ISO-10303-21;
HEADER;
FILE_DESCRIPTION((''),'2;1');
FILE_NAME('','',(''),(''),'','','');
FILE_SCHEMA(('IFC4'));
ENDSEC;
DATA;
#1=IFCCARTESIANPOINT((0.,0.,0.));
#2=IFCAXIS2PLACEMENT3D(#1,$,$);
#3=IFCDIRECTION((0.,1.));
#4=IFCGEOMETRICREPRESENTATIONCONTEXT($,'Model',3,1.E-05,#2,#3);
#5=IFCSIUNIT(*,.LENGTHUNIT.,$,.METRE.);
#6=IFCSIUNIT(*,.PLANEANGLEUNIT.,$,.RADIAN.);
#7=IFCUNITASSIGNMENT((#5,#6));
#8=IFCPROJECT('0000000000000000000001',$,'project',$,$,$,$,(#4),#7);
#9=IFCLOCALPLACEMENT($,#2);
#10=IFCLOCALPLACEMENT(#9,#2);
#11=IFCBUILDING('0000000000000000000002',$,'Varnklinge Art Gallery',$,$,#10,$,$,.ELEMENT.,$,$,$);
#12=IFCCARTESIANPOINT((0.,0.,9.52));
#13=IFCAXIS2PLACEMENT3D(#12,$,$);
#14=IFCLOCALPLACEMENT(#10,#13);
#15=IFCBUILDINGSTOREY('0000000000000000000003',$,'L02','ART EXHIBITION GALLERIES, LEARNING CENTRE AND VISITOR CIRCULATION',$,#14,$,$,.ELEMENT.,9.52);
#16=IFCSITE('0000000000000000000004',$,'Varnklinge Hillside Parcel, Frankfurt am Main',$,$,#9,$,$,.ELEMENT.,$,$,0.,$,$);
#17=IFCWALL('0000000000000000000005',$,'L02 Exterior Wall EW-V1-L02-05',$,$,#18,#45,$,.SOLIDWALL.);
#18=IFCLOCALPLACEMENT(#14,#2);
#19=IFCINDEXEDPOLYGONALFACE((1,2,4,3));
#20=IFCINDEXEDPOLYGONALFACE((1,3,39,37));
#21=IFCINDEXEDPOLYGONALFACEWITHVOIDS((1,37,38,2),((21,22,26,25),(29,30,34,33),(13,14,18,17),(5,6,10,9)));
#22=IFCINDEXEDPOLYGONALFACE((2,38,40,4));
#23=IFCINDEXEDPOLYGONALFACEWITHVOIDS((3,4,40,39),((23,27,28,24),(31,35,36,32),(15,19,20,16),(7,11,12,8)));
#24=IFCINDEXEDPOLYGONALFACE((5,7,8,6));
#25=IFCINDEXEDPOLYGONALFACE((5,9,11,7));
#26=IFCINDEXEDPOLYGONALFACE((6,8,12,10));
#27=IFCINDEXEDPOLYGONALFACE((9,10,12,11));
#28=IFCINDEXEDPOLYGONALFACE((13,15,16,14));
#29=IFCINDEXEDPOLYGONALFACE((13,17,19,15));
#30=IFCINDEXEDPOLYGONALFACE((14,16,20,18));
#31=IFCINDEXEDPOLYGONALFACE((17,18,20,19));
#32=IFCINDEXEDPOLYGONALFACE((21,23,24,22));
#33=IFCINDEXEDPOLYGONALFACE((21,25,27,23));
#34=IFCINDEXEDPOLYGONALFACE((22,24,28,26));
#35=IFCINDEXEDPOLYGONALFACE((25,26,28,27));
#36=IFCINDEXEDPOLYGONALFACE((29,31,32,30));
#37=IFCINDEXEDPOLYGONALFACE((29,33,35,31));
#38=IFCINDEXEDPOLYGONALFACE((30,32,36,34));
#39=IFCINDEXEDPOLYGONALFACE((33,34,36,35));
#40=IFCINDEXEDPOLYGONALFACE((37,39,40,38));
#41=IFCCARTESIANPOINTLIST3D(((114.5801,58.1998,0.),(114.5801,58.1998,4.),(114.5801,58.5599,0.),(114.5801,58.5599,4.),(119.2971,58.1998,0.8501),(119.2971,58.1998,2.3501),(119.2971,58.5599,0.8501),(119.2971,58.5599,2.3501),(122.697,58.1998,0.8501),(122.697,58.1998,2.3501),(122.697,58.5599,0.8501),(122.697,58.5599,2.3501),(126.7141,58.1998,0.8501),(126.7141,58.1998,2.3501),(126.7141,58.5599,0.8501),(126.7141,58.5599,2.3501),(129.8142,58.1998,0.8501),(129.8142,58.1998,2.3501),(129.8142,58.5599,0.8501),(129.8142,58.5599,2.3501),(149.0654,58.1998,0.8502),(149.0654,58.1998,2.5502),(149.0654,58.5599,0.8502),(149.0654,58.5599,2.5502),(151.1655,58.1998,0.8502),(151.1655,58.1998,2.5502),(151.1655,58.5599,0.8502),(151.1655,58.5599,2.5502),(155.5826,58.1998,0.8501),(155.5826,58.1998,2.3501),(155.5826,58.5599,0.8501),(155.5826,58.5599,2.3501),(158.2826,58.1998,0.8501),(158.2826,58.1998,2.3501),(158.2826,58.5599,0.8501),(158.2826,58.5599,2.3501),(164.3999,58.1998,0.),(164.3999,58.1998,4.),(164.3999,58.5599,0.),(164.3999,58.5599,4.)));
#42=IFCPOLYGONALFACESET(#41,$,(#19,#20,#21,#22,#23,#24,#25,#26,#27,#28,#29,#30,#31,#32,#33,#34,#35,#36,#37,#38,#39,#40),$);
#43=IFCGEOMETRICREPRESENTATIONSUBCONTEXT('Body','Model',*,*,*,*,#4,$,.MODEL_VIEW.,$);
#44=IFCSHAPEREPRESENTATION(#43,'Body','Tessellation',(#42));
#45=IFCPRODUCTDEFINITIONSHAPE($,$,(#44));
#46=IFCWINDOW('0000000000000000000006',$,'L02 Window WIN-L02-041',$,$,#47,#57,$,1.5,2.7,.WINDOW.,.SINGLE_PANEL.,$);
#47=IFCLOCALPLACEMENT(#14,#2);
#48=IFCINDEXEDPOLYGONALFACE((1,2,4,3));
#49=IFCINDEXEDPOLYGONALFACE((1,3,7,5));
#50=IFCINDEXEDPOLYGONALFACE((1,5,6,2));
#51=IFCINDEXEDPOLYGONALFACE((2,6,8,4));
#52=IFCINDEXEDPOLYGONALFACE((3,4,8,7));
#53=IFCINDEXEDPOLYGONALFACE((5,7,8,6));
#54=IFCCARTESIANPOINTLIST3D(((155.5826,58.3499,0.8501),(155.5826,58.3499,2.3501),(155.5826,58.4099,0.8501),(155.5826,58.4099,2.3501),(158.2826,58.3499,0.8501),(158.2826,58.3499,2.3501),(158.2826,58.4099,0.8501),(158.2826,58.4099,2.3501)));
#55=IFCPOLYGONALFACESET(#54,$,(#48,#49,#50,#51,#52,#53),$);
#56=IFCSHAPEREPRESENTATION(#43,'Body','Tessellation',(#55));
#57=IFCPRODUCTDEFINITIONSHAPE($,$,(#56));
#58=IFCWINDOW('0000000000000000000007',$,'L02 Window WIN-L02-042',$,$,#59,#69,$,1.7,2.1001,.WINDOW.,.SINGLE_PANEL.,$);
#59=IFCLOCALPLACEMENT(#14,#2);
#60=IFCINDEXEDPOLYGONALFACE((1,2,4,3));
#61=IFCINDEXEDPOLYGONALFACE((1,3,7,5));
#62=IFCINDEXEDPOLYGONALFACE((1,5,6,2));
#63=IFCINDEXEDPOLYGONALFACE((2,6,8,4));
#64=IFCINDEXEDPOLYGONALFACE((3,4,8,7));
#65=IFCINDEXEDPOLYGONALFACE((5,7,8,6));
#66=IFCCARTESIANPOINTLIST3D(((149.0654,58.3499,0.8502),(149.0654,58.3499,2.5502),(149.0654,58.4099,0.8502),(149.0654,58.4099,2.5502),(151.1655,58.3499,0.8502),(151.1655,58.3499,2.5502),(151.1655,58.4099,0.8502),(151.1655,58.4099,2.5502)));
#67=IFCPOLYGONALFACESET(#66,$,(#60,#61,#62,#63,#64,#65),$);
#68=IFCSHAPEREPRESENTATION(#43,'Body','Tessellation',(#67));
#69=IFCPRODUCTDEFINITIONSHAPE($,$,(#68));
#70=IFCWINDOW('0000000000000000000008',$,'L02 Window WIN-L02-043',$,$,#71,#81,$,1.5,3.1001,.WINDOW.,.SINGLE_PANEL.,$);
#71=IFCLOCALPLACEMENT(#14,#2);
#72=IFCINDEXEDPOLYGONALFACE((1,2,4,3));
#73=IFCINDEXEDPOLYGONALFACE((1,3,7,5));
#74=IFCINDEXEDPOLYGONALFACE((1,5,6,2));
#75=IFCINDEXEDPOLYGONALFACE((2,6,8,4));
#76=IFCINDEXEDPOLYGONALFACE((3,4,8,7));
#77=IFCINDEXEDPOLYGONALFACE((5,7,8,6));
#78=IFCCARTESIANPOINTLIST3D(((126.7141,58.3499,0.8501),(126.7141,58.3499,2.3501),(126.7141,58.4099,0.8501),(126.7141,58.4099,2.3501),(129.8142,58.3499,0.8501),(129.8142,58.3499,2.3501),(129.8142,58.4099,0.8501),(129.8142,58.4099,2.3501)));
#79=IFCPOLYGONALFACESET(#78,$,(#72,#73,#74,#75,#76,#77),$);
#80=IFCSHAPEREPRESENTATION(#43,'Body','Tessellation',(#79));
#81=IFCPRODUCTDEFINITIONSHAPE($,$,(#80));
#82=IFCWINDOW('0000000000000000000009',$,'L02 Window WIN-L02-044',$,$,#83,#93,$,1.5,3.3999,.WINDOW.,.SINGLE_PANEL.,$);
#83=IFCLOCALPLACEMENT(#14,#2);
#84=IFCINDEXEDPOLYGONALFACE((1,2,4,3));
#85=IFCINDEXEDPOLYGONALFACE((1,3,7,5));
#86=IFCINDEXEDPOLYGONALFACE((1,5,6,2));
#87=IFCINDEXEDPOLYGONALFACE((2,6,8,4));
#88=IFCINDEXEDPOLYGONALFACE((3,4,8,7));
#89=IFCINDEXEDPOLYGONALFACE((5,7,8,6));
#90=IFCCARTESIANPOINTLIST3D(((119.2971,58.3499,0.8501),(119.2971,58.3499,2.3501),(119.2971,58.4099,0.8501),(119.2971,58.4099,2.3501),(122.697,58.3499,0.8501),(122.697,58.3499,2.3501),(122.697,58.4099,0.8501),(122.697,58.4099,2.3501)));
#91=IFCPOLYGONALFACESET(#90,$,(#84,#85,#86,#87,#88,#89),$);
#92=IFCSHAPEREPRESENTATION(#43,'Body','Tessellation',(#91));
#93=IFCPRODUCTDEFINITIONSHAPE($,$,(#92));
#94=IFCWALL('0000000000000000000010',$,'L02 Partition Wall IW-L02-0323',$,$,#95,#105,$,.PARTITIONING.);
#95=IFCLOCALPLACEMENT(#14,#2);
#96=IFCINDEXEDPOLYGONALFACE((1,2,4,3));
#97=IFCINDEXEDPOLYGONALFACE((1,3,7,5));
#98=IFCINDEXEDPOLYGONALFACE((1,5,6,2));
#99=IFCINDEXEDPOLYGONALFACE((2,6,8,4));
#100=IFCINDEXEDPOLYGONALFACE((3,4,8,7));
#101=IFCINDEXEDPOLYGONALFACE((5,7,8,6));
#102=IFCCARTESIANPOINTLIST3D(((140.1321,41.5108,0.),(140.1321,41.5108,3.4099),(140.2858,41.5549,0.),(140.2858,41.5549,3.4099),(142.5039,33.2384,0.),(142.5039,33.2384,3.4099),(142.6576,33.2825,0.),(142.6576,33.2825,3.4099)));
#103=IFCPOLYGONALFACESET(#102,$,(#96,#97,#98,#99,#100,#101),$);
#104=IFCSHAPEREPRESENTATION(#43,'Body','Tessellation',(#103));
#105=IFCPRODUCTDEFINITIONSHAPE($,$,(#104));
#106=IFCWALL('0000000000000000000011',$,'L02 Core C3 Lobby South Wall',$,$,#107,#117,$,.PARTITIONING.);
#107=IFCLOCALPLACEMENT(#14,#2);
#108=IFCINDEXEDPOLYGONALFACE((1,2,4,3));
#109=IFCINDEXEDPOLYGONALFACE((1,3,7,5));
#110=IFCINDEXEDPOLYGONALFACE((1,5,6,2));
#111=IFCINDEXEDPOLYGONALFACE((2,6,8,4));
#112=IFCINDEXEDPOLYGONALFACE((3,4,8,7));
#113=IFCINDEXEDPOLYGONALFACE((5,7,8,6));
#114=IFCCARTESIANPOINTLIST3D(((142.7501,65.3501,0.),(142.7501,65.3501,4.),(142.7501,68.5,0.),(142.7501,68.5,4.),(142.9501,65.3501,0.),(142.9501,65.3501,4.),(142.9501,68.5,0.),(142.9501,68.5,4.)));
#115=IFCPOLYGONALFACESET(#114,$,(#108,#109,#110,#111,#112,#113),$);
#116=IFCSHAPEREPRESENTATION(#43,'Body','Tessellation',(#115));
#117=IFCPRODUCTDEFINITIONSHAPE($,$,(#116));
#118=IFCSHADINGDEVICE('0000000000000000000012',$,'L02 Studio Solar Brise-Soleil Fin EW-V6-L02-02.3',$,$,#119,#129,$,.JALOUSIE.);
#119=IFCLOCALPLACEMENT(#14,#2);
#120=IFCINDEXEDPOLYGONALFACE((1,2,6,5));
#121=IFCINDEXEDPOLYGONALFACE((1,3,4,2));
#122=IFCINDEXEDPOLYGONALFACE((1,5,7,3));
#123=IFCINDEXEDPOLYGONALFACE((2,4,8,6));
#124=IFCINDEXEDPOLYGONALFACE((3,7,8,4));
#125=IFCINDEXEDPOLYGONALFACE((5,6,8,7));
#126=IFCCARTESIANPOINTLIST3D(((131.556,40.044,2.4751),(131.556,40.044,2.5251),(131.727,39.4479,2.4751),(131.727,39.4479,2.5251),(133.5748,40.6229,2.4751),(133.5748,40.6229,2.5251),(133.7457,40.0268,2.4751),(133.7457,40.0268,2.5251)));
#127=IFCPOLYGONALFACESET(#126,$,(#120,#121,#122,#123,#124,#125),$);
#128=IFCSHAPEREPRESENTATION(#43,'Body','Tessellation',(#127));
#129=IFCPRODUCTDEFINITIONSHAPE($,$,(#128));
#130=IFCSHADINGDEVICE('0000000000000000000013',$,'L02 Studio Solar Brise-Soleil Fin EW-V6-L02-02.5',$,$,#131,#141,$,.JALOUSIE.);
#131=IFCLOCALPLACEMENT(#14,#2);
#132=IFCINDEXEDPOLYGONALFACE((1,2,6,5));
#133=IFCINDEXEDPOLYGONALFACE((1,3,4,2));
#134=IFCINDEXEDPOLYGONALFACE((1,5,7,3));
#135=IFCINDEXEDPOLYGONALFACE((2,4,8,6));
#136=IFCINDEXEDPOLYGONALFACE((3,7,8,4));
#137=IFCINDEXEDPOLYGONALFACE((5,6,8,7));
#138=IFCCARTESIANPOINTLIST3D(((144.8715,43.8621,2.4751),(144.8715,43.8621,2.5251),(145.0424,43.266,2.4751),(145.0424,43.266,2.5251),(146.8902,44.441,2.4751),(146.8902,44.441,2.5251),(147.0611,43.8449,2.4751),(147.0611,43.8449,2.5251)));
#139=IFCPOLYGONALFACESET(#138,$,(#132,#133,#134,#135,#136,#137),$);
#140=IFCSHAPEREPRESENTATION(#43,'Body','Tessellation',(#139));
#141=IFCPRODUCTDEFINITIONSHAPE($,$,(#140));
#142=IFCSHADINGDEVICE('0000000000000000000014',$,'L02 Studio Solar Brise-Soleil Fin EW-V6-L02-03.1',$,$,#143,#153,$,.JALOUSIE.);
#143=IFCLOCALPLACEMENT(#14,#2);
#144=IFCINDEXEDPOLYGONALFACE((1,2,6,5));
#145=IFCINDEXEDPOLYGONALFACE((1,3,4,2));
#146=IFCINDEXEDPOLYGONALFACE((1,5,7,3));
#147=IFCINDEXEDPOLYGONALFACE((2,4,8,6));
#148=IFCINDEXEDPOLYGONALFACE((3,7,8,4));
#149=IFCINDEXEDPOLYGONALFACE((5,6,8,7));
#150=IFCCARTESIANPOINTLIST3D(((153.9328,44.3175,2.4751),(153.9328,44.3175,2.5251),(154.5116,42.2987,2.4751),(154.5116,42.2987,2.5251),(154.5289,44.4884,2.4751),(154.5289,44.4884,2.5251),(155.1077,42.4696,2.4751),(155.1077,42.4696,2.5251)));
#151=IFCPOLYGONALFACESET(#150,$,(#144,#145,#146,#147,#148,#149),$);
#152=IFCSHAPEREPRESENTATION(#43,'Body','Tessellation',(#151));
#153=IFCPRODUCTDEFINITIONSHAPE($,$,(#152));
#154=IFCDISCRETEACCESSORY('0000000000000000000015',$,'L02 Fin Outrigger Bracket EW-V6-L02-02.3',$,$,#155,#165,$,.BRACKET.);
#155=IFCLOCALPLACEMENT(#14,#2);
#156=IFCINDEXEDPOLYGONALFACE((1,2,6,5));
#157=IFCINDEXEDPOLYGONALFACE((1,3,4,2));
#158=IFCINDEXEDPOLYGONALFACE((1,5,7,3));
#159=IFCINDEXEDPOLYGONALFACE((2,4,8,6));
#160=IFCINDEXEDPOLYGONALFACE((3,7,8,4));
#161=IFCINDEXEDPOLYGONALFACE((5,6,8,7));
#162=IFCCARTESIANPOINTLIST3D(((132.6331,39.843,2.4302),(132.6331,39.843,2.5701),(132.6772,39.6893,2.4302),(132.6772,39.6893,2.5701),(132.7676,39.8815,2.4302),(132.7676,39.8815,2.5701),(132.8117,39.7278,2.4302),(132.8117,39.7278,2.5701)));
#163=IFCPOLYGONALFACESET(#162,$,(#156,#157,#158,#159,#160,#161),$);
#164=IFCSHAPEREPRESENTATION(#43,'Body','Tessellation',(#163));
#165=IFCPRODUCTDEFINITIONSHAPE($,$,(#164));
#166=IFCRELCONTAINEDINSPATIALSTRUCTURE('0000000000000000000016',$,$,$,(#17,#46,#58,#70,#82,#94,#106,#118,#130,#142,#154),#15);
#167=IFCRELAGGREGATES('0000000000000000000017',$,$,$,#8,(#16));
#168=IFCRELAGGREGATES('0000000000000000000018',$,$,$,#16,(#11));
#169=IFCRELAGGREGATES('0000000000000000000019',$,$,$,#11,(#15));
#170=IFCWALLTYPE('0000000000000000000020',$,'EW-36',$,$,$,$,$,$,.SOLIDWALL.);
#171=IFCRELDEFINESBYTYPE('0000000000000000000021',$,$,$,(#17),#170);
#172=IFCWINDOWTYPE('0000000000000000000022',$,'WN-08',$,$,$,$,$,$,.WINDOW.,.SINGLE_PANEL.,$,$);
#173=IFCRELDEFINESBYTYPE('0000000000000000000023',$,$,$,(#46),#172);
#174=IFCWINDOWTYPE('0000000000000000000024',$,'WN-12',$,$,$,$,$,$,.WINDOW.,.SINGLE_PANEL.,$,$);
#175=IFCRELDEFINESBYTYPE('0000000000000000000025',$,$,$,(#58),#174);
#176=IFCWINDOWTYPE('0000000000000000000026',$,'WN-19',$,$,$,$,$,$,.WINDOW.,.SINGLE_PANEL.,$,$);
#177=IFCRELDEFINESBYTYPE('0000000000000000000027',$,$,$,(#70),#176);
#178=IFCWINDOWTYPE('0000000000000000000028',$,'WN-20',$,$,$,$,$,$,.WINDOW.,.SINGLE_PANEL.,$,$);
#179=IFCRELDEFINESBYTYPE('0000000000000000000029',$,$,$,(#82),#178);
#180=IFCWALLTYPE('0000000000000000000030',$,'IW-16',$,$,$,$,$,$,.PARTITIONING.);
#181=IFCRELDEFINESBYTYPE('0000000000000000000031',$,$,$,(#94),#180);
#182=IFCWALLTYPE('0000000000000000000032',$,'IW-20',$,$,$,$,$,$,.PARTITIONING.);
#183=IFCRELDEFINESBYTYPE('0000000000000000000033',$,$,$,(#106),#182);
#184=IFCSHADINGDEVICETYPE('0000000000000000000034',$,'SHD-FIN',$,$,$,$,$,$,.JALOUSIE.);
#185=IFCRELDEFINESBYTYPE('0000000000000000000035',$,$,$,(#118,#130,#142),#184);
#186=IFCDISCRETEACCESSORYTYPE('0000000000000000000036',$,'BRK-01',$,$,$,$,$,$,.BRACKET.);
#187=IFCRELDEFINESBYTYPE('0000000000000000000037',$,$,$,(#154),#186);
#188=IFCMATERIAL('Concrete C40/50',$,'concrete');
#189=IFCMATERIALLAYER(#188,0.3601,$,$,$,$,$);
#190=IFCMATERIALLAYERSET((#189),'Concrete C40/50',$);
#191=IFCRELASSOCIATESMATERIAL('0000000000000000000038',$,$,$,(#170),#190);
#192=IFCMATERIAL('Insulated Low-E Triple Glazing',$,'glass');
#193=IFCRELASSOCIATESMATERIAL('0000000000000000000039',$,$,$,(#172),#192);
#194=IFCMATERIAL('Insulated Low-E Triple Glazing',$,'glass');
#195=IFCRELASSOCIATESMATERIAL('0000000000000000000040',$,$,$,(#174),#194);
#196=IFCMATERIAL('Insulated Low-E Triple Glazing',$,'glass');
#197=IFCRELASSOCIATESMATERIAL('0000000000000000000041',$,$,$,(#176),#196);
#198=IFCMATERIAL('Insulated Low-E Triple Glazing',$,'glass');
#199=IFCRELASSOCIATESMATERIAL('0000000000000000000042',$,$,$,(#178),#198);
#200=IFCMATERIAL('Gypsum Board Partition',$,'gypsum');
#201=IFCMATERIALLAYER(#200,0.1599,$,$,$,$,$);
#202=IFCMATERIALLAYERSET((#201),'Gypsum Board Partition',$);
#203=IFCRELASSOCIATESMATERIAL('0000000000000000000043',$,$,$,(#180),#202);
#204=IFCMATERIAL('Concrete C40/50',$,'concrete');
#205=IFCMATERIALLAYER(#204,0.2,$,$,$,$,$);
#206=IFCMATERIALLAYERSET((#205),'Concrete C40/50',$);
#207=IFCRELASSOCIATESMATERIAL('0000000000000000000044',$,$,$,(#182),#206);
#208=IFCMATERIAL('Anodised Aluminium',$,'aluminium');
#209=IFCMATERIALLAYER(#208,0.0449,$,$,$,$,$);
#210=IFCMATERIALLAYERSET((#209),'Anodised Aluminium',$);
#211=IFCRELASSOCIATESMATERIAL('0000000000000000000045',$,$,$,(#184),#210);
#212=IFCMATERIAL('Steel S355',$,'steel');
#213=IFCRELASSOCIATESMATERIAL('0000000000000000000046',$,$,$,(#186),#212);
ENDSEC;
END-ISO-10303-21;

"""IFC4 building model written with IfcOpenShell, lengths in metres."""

from ifc_helpers import new_model, si_unit, direction, frame, frame_2d, origin, origin_2d, place, context, subcontext, project, spatial, rectangle, extrude, material, layer, layer_set, type_object, element, fill, save


model = new_model("IFC4")

# Units and contexts
model_context = context("Model", 3, precision=1e-05, world=origin(), true_north=direction((0.0, 1.0)))
body_context = subcontext(model_context, "Body", "Model", "MODEL_VIEW")
ifc_project = project(units=[si_unit("LENGTHUNIT", "METRE"), si_unit("PLANEANGLEUNIT", "RADIAN")], contexts=[model_context])

# Site, building, storey
site_placement = place(None, origin())
site = spatial("IfcSite", under=ifc_project, at=site_placement, Name="Varnklinge Hillside Parcel, Frankfurt am Main", CompositionType="ELEMENT", RefElevation=0.0)
building_placement = place(site_placement, origin())
building = spatial("IfcBuilding", under=site, at=building_placement, Name="Varnklinge Art Gallery", CompositionType="ELEMENT")
storey_placement = place(building_placement, frame((0.0, 0.0, 9.52)))
storey = spatial("IfcBuildingStorey", under=building, at=storey_placement, Name="L02", Description="ART EXHIBITION GALLERIES, LEARNING CENTRE AND VISITOR CIRCULATION", CompositionType="ELEMENT", Elevation=9.52)

# Wall, openings, windows
ifc_material_1 = material(Name="Concrete C40/50", Category="concrete")
ifc_layer_1 = layer(ifc_material_1, 0.3601)
ifc_layer_set_1 = layer_set([ifc_layer_1], Name="Concrete C40/50")
wall_type_1 = type_object("IfcWallType", Name="EW-36", PredefinedType="SOLIDWALL", material=ifc_layer_set_1)
wall_1_placement = place(storey_placement, frame((164.3999, 58.3799, 0.0), z_axis=(0.0, 0.0, 1.0), x_axis=(-1.0, 0.0, 0.0)))
wall_1 = element("IfcWall", 1, at=wall_1_placement, inside=storey, type_object=wall_type_1, Name="L02 Exterior Wall EW-V1-L02-05", PredefinedType="SOLIDWALL", context=body_context, shape_type="SweptSolid", body=[
    extrude(rectangle(XDim=49.8198, YDim=0.3601, at=frame_2d((24.9099, 0.0))), origin(), (0.0, 0.0, 1.0), 4.0),
])
opening_1_placement = place(wall_1_placement, frame((6.1172, 0.0, 0.8501)))
opening_1 = element("IfcOpeningElement", 2, at=opening_1_placement, cuts=wall_1, PredefinedType="OPENING", context=body_context, shape_type="SweptSolid", body=[
    extrude(rectangle(XDim=2.7, YDim=1.5, at=frame_2d((1.3501, 0.75))), frame((0.0, 0.1902, 0.0), z_axis=(0.0, -1.0, 0.0), x_axis=(1.0, 0.0, 0.0)), (0.0, 0.0, 1.0), 0.3801),
])
opening_2_placement = place(wall_1_placement, frame((13.2344, 0.0, 0.8501)))
opening_2 = element("IfcOpeningElement", 3, at=opening_2_placement, cuts=wall_1, PredefinedType="OPENING", context=body_context, shape_type="SweptSolid", body=[
    extrude(rectangle(XDim=2.1001, YDim=1.7, at=frame_2d((1.05, 0.8501))), frame((0.0, 0.1902, 0.0), z_axis=(0.0, -1.0, 0.0), x_axis=(1.0, 0.0, 0.0)), (0.0, 0.0, 1.0), 0.3801),
])
opening_3_placement = place(wall_1_placement, frame((34.5857, 0.0, 0.8501)))
opening_3 = element("IfcOpeningElement", 4, at=opening_3_placement, cuts=wall_1, PredefinedType="OPENING", context=body_context, shape_type="SweptSolid", body=[
    extrude(rectangle(XDim=3.1001, YDim=1.5, at=frame_2d((1.55, 0.75))), frame((0.0, 0.1902, 0.0), z_axis=(0.0, -1.0, 0.0), x_axis=(1.0, 0.0, 0.0)), (0.0, 0.0, 1.0), 0.3801),
])
opening_4_placement = place(wall_1_placement, frame((41.7029, 0.0, 0.8501)))
opening_4 = element("IfcOpeningElement", 5, at=opening_4_placement, cuts=wall_1, PredefinedType="OPENING", context=body_context, shape_type="SweptSolid", body=[
    extrude(rectangle(XDim=3.3999, YDim=1.5, at=frame_2d((1.7, 0.75))), frame((0.0, 0.1902, 0.0), z_axis=(0.0, -1.0, 0.0), x_axis=(1.0, 0.0, 0.0)), (0.0, 0.0, 1.0), 0.3801),
])
ifc_material_2 = material(Name="Insulated Low-E Triple Glazing", Category="glass")
window_type_1 = type_object("IfcWindowType", Name="WN-08", PartitioningType="SINGLE_PANEL", PredefinedType="WINDOW", material=ifc_material_2)
window_1_placement = place(opening_1_placement, origin())
window_1 = element("IfcWindow", 6, at=window_1_placement, inside=storey, type_object=window_type_1, Name="L02 Window WIN-L02-041", OverallHeight=1.5, OverallWidth=2.7, PartitioningType="SINGLE_PANEL", PredefinedType="WINDOW", context=body_context, shape_type="SweptSolid", body=[
    extrude(rectangle(XDim=2.7, YDim=1.5, at=frame_2d((1.3501, 0.75))), frame((0.0, 0.03, 0.0), z_axis=(0.0, -1.0, 0.0), x_axis=(1.0, 0.0, 0.0)), (0.0, 0.0, 1.0), 0.0601),
])
fill(opening_1, window_1)
ifc_material_3 = material(Name="Insulated Low-E Triple Glazing", Category="glass")
window_type_2 = type_object("IfcWindowType", Name="WN-12", PartitioningType="SINGLE_PANEL", PredefinedType="WINDOW", material=ifc_material_3)
window_2_placement = place(opening_2_placement, origin())
window_2 = element("IfcWindow", 7, at=window_2_placement, inside=storey, type_object=window_type_2, Name="L02 Window WIN-L02-042", OverallHeight=1.7, OverallWidth=2.1001, PartitioningType="SINGLE_PANEL", PredefinedType="WINDOW", context=body_context, shape_type="SweptSolid", body=[
    extrude(rectangle(XDim=2.1001, YDim=1.7, at=frame_2d((1.05, 0.8501))), frame((0.0, 0.03, 0.0), z_axis=(0.0, -1.0, 0.0), x_axis=(1.0, 0.0, 0.0)), (0.0, 0.0, 1.0), 0.0601),
])
fill(opening_2, window_2)
ifc_material_4 = material(Name="Insulated Low-E Triple Glazing", Category="glass")
window_type_3 = type_object("IfcWindowType", Name="WN-19", PartitioningType="SINGLE_PANEL", PredefinedType="WINDOW", material=ifc_material_4)
window_3_placement = place(opening_3_placement, origin())
window_3 = element("IfcWindow", 8, at=window_3_placement, inside=storey, type_object=window_type_3, Name="L02 Window WIN-L02-043", OverallHeight=1.5, OverallWidth=3.1001, PartitioningType="SINGLE_PANEL", PredefinedType="WINDOW", context=body_context, shape_type="SweptSolid", body=[
    extrude(rectangle(XDim=3.1001, YDim=1.5, at=frame_2d((1.55, 0.75))), frame((0.0, 0.03, 0.0), z_axis=(0.0, -1.0, 0.0), x_axis=(1.0, 0.0, 0.0)), (0.0, 0.0, 1.0), 0.0601),
])
fill(opening_3, window_3)
ifc_material_5 = material(Name="Insulated Low-E Triple Glazing", Category="glass")
window_type_4 = type_object("IfcWindowType", Name="WN-20", PartitioningType="SINGLE_PANEL", PredefinedType="WINDOW", material=ifc_material_5)
window_4_placement = place(opening_4_placement, origin())
window_4 = element("IfcWindow", 9, at=window_4_placement, inside=storey, type_object=window_type_4, Name="L02 Window WIN-L02-044", OverallHeight=1.5, OverallWidth=3.3999, PartitioningType="SINGLE_PANEL", PredefinedType="WINDOW", context=body_context, shape_type="SweptSolid", body=[
    extrude(rectangle(XDim=3.3999, YDim=1.5, at=frame_2d((1.7, 0.75))), frame((0.0, 0.03, 0.0), z_axis=(0.0, -1.0, 0.0), x_axis=(1.0, 0.0, 0.0)), (0.0, 0.0, 1.0), 0.0601),
])
fill(opening_4, window_4)

# Walls
ifc_material_6 = material(Name="Gypsum Board Partition", Category="gypsum")
ifc_layer_2 = layer(ifc_material_6, 0.1599)
ifc_layer_set_2 = layer_set([ifc_layer_2], Name="Gypsum Board Partition")
wall_type_2 = type_object("IfcWallType", Name="IW-16", PredefinedType="PARTITIONING", material=ifc_layer_set_2)
wall_2_placement = place(storey_placement, frame((140.209, 41.5327, 0.0), z_axis=(0.0, 0.0, 1.0), x_axis=(0.275609, -0.96127, 0.0)))
element("IfcWall", 10, at=wall_2_placement, inside=storey, type_object=wall_type_2, Name="L02 Partition Wall IW-L02-0323", PredefinedType="PARTITIONING", context=body_context, shape_type="SweptSolid", body=[
    extrude(rectangle(XDim=8.6057, YDim=0.1599, at=frame_2d((4.3027, 0.0))), origin(), (0.0, 0.0, 1.0), 3.4099),
])
ifc_material_7 = material(Name="Concrete C40/50", Category="concrete")
ifc_layer_3 = layer(ifc_material_7, 0.2)
ifc_layer_set_3 = layer_set([ifc_layer_3], Name="Concrete C40/50")
wall_type_3 = type_object("IfcWallType", Name="IW-20", PredefinedType="PARTITIONING", material=ifc_layer_set_3)
wall_3_placement = place(storey_placement, frame((142.8501, 65.3501, 0.0), z_axis=(0.0, 0.0, 1.0), x_axis=(0.0, 1.0, 0.0)))
element("IfcWall", 11, at=wall_3_placement, inside=storey, type_object=wall_type_3, Name="L02 Core C3 Lobby South Wall", PredefinedType="PARTITIONING", context=body_context, shape_type="SweptSolid", body=[
    extrude(rectangle(XDim=3.1499, YDim=0.2, at=frame_2d((1.575, 0.0))), origin(), (0.0, 0.0, 1.0), 4.0),
])

# Shading devices
ifc_material_8 = material(Name="Anodised Aluminium", Category="aluminium")
ifc_layer_4 = layer(ifc_material_8, 0.0449)
ifc_layer_set_4 = layer_set([ifc_layer_4], Name="Anodised Aluminium")
shading_device_type = type_object("IfcShadingDeviceType", Name="SHD-FIN", PredefinedType="JALOUSIE", material=ifc_layer_set_4)
for number, where, z_axis, x_axis, name in (
    (12, (132.6509, 40.0354, 2.4751), (0.0, 0.0, 1.0), (0.961262, 0.275637, 0.0), "L02 Studio Solar Brise-Soleil Fin EW-V6-L02-02.3"),
    (13, (145.9663, 43.8535, 2.4751), (0.0, 0.0, 1.0), (0.961262, 0.275637, 0.0), "L02 Studio Solar Brise-Soleil Fin EW-V6-L02-02.5"),
    (14, (154.5203, 43.3936, 2.4751), (0.0, 0.0, 1.0), (0.275637, -0.961262, 0.0), "L02 Studio Solar Brise-Soleil Fin EW-V6-L02-03.1"),
):
    element("IfcShadingDevice", number, at=place(storey_placement, frame(where, z_axis=z_axis, x_axis=x_axis)), inside=storey, type_object=shading_device_type, Name=name, PredefinedType="JALOUSIE", context=body_context, shape_type="SweptSolid", body=[
        extrude(rectangle(XDim=2.1001, YDim=0.6201, at=origin_2d()), origin(), (0.0, 0.0, 1.0), 0.05),
    ])

# Discrete accessory
ifc_material_9 = material(Name="Steel S355", Category="steel")
discrete_accessory_type = type_object("IfcDiscreteAccessoryType", Name="BRK-01", PredefinedType="BRACKET", material=ifc_material_9)
for number, where, z_axis, x_axis, name in (
    (15, (132.7224, 39.7854, 2.4302), (0.0, 0.0, 1.0), (0.961262, 0.275637, 0.0), "L02 Fin Outrigger Bracket EW-V6-L02-02.3"),
):
    element("IfcDiscreteAccessory", number, at=place(storey_placement, frame(where, z_axis=z_axis, x_axis=x_axis)), inside=storey, type_object=discrete_accessory_type, Name=name, PredefinedType="BRACKET", context=body_context, shape_type="SweptSolid", body=[
        extrude(rectangle(XDim=0.1399, YDim=0.1599, at=origin_2d()), origin(), (0.0, 0.0, 1.0), 0.1399),
    ])

save(model, "model.ifc")
